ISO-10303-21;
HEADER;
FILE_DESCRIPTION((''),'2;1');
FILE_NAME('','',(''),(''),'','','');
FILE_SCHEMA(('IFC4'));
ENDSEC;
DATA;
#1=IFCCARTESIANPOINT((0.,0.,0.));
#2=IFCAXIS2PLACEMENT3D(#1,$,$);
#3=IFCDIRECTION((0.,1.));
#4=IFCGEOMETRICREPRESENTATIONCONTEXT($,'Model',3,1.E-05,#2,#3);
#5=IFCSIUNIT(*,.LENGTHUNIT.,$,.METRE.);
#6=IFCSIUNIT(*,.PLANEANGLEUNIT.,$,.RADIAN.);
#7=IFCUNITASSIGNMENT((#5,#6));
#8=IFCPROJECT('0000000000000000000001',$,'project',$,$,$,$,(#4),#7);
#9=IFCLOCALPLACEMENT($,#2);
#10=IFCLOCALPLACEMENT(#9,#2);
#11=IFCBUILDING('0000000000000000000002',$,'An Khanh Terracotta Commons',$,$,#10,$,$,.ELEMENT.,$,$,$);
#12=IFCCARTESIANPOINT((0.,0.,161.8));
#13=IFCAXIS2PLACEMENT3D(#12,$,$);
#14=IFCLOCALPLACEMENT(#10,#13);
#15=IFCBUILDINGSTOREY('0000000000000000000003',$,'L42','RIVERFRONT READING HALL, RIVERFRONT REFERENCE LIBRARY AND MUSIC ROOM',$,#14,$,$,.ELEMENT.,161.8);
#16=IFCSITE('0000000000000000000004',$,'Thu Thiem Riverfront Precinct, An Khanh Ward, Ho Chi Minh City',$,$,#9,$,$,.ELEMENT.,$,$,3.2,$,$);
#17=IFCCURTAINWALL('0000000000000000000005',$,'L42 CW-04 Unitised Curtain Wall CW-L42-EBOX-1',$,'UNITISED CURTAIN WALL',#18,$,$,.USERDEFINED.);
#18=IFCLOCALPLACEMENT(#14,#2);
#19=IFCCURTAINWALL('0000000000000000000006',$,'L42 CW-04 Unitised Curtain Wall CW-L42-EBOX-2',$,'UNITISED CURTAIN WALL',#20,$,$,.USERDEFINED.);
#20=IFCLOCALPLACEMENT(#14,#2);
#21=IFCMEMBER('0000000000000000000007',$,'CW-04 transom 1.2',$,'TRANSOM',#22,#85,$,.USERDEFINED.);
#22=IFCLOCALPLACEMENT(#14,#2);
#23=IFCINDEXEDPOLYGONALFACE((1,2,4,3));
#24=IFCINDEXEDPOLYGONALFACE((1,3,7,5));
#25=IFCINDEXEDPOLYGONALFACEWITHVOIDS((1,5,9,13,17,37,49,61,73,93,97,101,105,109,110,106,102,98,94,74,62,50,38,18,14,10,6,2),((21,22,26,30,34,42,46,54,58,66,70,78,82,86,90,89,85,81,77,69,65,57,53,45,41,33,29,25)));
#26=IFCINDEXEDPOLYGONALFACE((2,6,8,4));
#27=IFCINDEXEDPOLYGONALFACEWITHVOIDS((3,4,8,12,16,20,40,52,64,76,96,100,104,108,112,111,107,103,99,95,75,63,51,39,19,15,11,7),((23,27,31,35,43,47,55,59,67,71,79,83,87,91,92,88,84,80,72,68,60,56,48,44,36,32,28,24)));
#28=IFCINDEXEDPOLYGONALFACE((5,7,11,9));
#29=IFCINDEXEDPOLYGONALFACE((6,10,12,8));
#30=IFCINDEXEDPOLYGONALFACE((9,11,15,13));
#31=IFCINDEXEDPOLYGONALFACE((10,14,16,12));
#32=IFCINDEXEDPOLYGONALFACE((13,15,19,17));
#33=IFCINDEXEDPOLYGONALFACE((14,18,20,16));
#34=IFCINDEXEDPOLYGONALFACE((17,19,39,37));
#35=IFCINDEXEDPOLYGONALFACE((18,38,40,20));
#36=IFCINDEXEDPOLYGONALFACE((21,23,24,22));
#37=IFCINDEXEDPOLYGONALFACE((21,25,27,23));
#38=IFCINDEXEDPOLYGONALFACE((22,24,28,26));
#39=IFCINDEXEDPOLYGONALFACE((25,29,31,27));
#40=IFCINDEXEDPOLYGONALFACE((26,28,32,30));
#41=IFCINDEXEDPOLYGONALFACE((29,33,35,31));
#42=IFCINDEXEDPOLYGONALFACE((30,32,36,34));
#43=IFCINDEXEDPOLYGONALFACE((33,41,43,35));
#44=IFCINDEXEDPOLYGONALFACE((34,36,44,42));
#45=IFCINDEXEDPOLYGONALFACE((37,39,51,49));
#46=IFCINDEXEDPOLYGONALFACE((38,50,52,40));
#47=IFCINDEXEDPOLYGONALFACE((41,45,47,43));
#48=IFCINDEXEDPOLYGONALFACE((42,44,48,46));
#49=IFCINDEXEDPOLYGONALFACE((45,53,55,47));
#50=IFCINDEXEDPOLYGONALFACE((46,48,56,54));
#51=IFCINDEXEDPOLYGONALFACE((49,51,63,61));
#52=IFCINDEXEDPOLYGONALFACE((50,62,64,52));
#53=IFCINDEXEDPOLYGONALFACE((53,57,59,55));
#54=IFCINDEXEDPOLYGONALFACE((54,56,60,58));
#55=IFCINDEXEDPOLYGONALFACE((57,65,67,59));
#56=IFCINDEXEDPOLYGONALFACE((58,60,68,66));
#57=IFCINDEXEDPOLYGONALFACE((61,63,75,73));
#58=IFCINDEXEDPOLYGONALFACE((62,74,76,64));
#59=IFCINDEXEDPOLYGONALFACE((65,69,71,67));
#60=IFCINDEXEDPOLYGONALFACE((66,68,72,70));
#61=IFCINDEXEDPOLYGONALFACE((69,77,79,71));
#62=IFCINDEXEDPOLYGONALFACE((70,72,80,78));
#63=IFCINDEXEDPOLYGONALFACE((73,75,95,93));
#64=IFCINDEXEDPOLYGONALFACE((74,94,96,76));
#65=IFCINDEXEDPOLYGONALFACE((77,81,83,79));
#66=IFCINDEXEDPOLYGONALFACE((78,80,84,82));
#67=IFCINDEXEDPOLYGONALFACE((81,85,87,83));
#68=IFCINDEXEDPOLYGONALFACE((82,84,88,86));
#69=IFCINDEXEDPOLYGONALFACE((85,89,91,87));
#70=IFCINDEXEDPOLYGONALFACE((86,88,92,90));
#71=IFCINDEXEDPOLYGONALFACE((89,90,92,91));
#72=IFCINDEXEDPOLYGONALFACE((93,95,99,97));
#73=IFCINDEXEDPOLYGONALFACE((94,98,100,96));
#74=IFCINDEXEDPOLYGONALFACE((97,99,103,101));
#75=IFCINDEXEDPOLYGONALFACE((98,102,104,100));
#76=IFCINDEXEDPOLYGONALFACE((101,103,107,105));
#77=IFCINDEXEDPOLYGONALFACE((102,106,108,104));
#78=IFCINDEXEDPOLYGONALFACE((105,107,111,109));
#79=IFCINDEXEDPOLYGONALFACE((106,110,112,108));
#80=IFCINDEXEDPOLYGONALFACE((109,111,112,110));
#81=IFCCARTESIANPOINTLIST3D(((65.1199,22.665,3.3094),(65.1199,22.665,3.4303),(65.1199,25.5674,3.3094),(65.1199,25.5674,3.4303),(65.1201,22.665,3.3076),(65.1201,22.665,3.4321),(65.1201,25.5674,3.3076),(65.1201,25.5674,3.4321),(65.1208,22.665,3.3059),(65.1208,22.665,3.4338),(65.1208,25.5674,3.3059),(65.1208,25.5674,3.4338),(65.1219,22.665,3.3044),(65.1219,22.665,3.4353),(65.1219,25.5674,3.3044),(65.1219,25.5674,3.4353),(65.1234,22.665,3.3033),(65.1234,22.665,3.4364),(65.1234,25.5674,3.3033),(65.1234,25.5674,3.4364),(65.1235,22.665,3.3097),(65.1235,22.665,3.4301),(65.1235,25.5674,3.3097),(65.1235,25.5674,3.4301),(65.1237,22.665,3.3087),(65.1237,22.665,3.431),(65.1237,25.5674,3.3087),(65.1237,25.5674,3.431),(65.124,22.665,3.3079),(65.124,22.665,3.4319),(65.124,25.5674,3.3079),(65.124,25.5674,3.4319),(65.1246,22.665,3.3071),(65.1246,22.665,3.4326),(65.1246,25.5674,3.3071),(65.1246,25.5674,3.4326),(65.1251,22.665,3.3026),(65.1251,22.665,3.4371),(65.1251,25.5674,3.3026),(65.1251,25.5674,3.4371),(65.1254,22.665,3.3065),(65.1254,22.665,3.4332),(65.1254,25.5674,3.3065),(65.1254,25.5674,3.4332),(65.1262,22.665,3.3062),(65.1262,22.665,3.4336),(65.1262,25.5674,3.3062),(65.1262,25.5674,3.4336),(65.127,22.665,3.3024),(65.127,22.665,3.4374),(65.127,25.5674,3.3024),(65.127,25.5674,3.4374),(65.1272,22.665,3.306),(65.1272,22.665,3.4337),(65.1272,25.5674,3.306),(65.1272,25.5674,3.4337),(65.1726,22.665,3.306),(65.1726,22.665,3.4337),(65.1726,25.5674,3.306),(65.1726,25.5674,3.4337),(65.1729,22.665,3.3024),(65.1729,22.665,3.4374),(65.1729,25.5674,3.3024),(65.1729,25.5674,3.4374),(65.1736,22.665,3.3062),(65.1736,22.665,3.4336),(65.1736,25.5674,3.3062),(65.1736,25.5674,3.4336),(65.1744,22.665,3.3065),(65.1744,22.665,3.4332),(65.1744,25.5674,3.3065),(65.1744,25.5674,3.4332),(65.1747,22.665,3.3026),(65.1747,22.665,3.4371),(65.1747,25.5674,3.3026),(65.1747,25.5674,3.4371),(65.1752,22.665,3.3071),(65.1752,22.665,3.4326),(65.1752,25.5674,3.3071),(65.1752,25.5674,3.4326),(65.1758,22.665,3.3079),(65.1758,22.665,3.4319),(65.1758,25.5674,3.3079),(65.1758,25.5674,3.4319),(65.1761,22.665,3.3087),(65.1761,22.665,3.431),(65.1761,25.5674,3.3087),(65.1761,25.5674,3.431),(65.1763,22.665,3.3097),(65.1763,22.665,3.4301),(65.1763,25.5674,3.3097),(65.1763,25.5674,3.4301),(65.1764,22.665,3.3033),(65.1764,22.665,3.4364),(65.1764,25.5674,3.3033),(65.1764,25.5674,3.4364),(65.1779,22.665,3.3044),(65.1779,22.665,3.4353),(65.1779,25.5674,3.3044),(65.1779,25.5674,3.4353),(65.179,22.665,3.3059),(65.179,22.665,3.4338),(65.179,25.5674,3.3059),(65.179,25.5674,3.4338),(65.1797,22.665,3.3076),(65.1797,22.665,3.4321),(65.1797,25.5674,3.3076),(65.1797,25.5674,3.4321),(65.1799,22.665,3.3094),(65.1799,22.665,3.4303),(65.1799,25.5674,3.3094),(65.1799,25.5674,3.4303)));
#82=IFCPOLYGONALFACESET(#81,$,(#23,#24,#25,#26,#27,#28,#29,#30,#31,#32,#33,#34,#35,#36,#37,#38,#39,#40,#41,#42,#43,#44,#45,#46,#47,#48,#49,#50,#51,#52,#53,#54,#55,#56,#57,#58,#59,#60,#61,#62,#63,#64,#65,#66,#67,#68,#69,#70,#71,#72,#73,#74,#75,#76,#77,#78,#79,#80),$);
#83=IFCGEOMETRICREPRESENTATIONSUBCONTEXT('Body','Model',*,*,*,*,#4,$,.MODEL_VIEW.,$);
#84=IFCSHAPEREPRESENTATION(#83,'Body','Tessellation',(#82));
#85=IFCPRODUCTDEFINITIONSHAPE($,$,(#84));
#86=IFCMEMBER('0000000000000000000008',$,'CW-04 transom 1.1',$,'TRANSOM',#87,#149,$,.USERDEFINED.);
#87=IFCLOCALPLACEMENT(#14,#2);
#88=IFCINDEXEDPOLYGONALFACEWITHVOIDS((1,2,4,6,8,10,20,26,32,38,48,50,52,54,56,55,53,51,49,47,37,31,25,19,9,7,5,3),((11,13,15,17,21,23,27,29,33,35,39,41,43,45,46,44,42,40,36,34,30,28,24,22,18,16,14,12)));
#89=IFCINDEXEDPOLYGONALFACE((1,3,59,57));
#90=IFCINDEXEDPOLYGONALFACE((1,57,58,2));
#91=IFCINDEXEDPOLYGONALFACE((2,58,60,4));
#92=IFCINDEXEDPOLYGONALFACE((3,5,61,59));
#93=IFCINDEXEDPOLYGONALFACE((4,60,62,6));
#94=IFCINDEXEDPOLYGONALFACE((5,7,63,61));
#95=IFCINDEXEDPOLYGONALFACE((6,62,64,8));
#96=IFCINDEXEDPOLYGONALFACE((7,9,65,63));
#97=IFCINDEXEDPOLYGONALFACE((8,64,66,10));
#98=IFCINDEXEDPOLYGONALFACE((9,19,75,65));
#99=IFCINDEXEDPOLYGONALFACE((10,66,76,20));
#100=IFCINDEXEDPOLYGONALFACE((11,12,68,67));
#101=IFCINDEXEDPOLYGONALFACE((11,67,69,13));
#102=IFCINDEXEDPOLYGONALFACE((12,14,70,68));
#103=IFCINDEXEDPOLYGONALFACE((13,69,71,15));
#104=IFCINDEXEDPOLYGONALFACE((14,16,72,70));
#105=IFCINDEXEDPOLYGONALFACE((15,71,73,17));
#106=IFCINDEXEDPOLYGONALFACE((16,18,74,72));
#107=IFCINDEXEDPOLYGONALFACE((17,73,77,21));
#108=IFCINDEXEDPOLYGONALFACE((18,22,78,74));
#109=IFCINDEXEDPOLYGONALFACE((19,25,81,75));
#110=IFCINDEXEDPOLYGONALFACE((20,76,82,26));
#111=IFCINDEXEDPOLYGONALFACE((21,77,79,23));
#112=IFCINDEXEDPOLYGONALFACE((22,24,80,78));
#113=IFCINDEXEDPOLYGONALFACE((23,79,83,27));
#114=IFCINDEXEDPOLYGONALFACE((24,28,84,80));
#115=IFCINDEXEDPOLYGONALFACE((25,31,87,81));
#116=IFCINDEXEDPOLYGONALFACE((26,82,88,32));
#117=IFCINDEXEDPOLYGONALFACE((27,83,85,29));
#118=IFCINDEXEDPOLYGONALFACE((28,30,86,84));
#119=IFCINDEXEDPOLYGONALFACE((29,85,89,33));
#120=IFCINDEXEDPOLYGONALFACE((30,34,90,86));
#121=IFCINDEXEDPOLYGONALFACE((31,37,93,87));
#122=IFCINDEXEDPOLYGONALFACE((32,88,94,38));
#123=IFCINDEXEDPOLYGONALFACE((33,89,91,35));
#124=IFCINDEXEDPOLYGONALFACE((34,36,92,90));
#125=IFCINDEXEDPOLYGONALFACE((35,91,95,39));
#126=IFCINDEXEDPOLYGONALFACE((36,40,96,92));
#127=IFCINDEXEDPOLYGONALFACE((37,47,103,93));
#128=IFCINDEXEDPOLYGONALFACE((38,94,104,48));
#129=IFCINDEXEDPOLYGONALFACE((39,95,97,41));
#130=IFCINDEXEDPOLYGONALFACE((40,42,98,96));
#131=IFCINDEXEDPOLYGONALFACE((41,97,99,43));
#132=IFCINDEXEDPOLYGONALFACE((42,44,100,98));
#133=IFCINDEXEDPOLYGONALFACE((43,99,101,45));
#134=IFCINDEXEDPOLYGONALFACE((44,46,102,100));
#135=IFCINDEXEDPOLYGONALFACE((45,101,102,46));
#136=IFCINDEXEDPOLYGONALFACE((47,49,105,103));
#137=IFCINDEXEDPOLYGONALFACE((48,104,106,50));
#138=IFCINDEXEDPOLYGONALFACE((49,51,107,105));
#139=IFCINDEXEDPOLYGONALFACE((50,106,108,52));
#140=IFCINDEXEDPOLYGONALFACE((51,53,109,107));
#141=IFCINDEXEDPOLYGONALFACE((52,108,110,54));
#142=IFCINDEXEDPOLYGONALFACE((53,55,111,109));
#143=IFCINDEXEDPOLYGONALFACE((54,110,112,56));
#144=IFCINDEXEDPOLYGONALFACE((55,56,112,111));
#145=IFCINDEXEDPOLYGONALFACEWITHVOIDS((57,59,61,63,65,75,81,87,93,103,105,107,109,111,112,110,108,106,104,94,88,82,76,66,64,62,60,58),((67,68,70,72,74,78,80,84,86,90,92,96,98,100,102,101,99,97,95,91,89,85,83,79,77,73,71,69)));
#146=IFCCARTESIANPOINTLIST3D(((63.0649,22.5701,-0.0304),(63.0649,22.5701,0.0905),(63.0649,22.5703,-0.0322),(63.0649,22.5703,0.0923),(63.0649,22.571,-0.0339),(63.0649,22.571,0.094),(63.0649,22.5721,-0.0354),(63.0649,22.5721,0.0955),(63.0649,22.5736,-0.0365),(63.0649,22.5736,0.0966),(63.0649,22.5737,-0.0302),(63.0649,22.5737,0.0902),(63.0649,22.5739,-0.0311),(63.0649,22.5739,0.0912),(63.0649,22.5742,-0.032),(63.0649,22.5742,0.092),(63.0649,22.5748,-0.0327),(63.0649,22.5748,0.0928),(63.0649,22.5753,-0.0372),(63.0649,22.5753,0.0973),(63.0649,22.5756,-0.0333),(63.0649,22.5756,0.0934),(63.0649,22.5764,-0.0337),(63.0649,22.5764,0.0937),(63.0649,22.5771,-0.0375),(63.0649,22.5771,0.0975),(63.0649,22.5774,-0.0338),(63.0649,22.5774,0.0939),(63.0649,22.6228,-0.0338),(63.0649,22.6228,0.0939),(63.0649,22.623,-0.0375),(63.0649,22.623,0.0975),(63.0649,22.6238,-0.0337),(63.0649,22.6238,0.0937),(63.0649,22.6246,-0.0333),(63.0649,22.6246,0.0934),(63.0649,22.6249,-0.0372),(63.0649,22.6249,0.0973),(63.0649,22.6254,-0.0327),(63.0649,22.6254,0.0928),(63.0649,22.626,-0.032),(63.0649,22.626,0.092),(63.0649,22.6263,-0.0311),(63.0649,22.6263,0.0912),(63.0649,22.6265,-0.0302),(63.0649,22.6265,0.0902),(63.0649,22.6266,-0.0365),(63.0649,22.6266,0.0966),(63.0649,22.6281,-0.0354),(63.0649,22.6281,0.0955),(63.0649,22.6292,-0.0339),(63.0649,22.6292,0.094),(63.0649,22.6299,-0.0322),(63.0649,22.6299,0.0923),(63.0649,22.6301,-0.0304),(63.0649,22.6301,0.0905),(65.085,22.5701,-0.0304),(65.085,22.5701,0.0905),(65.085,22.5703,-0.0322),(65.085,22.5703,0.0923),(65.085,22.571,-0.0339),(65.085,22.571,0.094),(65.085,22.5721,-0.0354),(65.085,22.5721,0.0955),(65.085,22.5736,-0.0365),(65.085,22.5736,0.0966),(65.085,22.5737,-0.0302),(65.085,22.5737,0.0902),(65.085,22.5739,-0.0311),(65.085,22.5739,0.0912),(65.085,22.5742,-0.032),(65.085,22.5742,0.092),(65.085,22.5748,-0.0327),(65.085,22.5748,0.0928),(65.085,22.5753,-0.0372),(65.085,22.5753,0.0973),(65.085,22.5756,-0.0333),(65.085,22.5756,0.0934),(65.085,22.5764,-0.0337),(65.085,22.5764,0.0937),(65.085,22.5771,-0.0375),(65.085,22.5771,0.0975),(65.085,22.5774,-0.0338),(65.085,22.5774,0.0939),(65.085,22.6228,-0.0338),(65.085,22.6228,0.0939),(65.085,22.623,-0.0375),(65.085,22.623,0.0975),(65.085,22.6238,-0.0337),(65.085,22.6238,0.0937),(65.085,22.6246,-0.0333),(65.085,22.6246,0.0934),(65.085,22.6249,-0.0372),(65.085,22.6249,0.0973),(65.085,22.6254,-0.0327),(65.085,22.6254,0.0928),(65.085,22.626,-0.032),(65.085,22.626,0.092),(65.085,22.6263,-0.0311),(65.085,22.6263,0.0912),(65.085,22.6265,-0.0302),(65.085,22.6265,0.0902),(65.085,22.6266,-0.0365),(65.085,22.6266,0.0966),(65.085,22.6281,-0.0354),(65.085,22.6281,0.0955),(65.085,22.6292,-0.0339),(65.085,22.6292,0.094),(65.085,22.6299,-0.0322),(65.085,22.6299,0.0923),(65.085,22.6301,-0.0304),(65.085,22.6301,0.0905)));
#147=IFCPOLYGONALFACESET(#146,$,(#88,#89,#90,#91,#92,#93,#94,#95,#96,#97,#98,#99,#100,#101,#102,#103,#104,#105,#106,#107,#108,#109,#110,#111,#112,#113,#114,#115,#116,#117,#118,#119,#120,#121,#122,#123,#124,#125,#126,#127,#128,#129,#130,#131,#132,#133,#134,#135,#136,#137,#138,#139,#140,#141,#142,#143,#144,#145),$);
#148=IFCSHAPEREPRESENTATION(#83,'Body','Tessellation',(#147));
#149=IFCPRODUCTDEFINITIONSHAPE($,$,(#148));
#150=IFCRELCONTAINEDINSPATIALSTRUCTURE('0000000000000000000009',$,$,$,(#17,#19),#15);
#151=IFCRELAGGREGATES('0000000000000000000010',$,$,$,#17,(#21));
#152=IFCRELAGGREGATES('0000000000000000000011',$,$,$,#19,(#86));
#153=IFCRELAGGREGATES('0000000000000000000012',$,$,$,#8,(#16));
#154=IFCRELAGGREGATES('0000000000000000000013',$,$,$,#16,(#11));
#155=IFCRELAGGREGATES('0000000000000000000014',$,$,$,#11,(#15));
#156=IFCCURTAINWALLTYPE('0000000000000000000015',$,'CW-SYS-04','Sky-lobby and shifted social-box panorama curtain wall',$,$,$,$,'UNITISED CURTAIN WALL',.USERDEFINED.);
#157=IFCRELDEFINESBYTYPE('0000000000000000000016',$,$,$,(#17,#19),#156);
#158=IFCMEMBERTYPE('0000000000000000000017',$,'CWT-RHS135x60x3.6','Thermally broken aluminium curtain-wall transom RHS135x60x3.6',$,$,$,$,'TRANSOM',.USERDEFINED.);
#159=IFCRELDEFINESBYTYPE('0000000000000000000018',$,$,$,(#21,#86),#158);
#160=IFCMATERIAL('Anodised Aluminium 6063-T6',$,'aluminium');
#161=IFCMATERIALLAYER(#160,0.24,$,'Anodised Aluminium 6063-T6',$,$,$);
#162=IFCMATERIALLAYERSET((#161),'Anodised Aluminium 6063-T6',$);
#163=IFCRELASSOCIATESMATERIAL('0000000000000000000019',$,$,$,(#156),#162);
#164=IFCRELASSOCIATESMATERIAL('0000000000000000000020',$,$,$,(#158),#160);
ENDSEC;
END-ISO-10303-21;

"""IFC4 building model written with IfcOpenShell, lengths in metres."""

from ifc_helpers import new_model, si_unit, direction, frame, origin, origin_2d, place, context, subcontext, project, spatial, hollow_rectangle, extrude, material, layer, layer_set, material_profile, profile_set, type_object, element, aggregate, save


model = new_model("IFC4")

# Units and contexts
model_context = context("Model", 3, precision=1e-05, world=origin(), true_north=direction((0.0, 1.0)))
body_context = subcontext(model_context, "Body", "Model", "MODEL_VIEW")
ifc_project = project(units=[si_unit("LENGTHUNIT", "METRE"), si_unit("PLANEANGLEUNIT", "RADIAN")], contexts=[model_context])

# Site, building, storey
site_placement = place(None, origin())
site = spatial("IfcSite", under=ifc_project, at=site_placement, Name="Thu Thiem Riverfront Precinct, An Khanh Ward, Ho Chi Minh City", CompositionType="ELEMENT", RefElevation=3.2)
building_placement = place(site_placement, origin())
building = spatial("IfcBuilding", under=site, at=building_placement, Name="An Khanh Terracotta Commons", CompositionType="ELEMENT")
storey_placement = place(building_placement, frame((0.0, 0.0, 161.8)))
storey = spatial("IfcBuildingStorey", under=building, at=storey_placement, Name="L42", Description="RIVERFRONT READING HALL, RIVERFRONT REFERENCE LIBRARY AND MUSIC ROOM", CompositionType="ELEMENT", Elevation=161.8)

# Curtain wall
ifc_material_1 = material(Name="Anodised Aluminium 6063-T6", Category="aluminium")
ifc_layer_1 = layer(ifc_material_1, 0.24, Name="Anodised Aluminium 6063-T6")
ifc_layer_set_1 = layer_set([ifc_layer_1], Name="Anodised Aluminium 6063-T6")
curtain_wall_type_1 = type_object("IfcCurtainWallType", Name="CW-SYS-04", Description="Sky-lobby and shifted social-box panorama curtain wall", ElementType="UNITISED CURTAIN WALL", PredefinedType="USERDEFINED", material=ifc_layer_set_1)
curtain_wall_1_placement = place(storey_placement, origin())
curtain_wall_1 = element("IfcCurtainWall", 1, at=curtain_wall_1_placement, inside=storey, type_object=curtain_wall_type_1, Name="L42 CW-04 Unitised Curtain Wall CW-L42-EBOX-1", ObjectType="UNITISED CURTAIN WALL", PredefinedType="USERDEFINED")

# Curtain wall
curtain_wall_2_placement = place(storey_placement, origin())
curtain_wall_2 = element("IfcCurtainWall", 2, at=curtain_wall_2_placement, inside=storey, type_object=curtain_wall_type_1, Name="L42 CW-04 Unitised Curtain Wall CW-L42-EBOX-2", ObjectType="UNITISED CURTAIN WALL", PredefinedType="USERDEFINED")

# Members
ifc_material_profile_1 = material_profile(ifc_material_1, hollow_rectangle(XDim=0.0601, YDim=0.135, WallThickness=0.0037, InnerFilletRadius=0.0037, OuterFilletRadius=0.0071, at=origin_2d()), Name="RHS135x60x3.6")
ifc_profile_set_1 = profile_set([ifc_material_profile_1], Name="Anodised Aluminium 6063-T6")
member_type_1 = type_object("IfcMemberType", Name="CWT-RHS135x60x3.6", Description="Thermally broken aluminium curtain-wall transom RHS135x60x3.6", ElementType="TRANSOM", PredefinedType="USERDEFINED", material=ifc_profile_set_1)
member_1_placement = place(storey_placement, frame((65.1499, 22.665, 3.3699), z_axis=(0.0, 1.0, 0.0), x_axis=(-1.0, 0.0, 0.0)))
member_1 = element("IfcMember", 3, at=member_1_placement, type_object=member_type_1, Name="CW-04 transom 1.2", ObjectType="TRANSOM", PredefinedType="USERDEFINED", context=body_context, shape_type="SweptSolid", body=[
    extrude(hollow_rectangle(XDim=0.0601, YDim=0.135, WallThickness=0.0037, InnerFilletRadius=0.0037, OuterFilletRadius=0.0071, at=origin_2d()), origin(), (0.0, 0.0, 1.0), 2.9023),
])
aggregate(curtain_wall_1, [member_1])
member_2_placement = place(storey_placement, frame((63.0649, 22.6001, 0.03), z_axis=(1.0, 0.0, 0.0), x_axis=(0.0, 1.0, 0.0)))
member_2 = element("IfcMember", 4, at=member_2_placement, type_object=member_type_1, Name="CW-04 transom 1.1", ObjectType="TRANSOM", PredefinedType="USERDEFINED", context=body_context, shape_type="SweptSolid", body=[
    extrude(hollow_rectangle(XDim=0.0601, YDim=0.135, WallThickness=0.0037, InnerFilletRadius=0.0037, OuterFilletRadius=0.0071, at=origin_2d()), origin(), (0.0, 0.0, 1.0), 2.02),
])

aggregate(curtain_wall_2, [member_2])

save(model, "model.ifc")
